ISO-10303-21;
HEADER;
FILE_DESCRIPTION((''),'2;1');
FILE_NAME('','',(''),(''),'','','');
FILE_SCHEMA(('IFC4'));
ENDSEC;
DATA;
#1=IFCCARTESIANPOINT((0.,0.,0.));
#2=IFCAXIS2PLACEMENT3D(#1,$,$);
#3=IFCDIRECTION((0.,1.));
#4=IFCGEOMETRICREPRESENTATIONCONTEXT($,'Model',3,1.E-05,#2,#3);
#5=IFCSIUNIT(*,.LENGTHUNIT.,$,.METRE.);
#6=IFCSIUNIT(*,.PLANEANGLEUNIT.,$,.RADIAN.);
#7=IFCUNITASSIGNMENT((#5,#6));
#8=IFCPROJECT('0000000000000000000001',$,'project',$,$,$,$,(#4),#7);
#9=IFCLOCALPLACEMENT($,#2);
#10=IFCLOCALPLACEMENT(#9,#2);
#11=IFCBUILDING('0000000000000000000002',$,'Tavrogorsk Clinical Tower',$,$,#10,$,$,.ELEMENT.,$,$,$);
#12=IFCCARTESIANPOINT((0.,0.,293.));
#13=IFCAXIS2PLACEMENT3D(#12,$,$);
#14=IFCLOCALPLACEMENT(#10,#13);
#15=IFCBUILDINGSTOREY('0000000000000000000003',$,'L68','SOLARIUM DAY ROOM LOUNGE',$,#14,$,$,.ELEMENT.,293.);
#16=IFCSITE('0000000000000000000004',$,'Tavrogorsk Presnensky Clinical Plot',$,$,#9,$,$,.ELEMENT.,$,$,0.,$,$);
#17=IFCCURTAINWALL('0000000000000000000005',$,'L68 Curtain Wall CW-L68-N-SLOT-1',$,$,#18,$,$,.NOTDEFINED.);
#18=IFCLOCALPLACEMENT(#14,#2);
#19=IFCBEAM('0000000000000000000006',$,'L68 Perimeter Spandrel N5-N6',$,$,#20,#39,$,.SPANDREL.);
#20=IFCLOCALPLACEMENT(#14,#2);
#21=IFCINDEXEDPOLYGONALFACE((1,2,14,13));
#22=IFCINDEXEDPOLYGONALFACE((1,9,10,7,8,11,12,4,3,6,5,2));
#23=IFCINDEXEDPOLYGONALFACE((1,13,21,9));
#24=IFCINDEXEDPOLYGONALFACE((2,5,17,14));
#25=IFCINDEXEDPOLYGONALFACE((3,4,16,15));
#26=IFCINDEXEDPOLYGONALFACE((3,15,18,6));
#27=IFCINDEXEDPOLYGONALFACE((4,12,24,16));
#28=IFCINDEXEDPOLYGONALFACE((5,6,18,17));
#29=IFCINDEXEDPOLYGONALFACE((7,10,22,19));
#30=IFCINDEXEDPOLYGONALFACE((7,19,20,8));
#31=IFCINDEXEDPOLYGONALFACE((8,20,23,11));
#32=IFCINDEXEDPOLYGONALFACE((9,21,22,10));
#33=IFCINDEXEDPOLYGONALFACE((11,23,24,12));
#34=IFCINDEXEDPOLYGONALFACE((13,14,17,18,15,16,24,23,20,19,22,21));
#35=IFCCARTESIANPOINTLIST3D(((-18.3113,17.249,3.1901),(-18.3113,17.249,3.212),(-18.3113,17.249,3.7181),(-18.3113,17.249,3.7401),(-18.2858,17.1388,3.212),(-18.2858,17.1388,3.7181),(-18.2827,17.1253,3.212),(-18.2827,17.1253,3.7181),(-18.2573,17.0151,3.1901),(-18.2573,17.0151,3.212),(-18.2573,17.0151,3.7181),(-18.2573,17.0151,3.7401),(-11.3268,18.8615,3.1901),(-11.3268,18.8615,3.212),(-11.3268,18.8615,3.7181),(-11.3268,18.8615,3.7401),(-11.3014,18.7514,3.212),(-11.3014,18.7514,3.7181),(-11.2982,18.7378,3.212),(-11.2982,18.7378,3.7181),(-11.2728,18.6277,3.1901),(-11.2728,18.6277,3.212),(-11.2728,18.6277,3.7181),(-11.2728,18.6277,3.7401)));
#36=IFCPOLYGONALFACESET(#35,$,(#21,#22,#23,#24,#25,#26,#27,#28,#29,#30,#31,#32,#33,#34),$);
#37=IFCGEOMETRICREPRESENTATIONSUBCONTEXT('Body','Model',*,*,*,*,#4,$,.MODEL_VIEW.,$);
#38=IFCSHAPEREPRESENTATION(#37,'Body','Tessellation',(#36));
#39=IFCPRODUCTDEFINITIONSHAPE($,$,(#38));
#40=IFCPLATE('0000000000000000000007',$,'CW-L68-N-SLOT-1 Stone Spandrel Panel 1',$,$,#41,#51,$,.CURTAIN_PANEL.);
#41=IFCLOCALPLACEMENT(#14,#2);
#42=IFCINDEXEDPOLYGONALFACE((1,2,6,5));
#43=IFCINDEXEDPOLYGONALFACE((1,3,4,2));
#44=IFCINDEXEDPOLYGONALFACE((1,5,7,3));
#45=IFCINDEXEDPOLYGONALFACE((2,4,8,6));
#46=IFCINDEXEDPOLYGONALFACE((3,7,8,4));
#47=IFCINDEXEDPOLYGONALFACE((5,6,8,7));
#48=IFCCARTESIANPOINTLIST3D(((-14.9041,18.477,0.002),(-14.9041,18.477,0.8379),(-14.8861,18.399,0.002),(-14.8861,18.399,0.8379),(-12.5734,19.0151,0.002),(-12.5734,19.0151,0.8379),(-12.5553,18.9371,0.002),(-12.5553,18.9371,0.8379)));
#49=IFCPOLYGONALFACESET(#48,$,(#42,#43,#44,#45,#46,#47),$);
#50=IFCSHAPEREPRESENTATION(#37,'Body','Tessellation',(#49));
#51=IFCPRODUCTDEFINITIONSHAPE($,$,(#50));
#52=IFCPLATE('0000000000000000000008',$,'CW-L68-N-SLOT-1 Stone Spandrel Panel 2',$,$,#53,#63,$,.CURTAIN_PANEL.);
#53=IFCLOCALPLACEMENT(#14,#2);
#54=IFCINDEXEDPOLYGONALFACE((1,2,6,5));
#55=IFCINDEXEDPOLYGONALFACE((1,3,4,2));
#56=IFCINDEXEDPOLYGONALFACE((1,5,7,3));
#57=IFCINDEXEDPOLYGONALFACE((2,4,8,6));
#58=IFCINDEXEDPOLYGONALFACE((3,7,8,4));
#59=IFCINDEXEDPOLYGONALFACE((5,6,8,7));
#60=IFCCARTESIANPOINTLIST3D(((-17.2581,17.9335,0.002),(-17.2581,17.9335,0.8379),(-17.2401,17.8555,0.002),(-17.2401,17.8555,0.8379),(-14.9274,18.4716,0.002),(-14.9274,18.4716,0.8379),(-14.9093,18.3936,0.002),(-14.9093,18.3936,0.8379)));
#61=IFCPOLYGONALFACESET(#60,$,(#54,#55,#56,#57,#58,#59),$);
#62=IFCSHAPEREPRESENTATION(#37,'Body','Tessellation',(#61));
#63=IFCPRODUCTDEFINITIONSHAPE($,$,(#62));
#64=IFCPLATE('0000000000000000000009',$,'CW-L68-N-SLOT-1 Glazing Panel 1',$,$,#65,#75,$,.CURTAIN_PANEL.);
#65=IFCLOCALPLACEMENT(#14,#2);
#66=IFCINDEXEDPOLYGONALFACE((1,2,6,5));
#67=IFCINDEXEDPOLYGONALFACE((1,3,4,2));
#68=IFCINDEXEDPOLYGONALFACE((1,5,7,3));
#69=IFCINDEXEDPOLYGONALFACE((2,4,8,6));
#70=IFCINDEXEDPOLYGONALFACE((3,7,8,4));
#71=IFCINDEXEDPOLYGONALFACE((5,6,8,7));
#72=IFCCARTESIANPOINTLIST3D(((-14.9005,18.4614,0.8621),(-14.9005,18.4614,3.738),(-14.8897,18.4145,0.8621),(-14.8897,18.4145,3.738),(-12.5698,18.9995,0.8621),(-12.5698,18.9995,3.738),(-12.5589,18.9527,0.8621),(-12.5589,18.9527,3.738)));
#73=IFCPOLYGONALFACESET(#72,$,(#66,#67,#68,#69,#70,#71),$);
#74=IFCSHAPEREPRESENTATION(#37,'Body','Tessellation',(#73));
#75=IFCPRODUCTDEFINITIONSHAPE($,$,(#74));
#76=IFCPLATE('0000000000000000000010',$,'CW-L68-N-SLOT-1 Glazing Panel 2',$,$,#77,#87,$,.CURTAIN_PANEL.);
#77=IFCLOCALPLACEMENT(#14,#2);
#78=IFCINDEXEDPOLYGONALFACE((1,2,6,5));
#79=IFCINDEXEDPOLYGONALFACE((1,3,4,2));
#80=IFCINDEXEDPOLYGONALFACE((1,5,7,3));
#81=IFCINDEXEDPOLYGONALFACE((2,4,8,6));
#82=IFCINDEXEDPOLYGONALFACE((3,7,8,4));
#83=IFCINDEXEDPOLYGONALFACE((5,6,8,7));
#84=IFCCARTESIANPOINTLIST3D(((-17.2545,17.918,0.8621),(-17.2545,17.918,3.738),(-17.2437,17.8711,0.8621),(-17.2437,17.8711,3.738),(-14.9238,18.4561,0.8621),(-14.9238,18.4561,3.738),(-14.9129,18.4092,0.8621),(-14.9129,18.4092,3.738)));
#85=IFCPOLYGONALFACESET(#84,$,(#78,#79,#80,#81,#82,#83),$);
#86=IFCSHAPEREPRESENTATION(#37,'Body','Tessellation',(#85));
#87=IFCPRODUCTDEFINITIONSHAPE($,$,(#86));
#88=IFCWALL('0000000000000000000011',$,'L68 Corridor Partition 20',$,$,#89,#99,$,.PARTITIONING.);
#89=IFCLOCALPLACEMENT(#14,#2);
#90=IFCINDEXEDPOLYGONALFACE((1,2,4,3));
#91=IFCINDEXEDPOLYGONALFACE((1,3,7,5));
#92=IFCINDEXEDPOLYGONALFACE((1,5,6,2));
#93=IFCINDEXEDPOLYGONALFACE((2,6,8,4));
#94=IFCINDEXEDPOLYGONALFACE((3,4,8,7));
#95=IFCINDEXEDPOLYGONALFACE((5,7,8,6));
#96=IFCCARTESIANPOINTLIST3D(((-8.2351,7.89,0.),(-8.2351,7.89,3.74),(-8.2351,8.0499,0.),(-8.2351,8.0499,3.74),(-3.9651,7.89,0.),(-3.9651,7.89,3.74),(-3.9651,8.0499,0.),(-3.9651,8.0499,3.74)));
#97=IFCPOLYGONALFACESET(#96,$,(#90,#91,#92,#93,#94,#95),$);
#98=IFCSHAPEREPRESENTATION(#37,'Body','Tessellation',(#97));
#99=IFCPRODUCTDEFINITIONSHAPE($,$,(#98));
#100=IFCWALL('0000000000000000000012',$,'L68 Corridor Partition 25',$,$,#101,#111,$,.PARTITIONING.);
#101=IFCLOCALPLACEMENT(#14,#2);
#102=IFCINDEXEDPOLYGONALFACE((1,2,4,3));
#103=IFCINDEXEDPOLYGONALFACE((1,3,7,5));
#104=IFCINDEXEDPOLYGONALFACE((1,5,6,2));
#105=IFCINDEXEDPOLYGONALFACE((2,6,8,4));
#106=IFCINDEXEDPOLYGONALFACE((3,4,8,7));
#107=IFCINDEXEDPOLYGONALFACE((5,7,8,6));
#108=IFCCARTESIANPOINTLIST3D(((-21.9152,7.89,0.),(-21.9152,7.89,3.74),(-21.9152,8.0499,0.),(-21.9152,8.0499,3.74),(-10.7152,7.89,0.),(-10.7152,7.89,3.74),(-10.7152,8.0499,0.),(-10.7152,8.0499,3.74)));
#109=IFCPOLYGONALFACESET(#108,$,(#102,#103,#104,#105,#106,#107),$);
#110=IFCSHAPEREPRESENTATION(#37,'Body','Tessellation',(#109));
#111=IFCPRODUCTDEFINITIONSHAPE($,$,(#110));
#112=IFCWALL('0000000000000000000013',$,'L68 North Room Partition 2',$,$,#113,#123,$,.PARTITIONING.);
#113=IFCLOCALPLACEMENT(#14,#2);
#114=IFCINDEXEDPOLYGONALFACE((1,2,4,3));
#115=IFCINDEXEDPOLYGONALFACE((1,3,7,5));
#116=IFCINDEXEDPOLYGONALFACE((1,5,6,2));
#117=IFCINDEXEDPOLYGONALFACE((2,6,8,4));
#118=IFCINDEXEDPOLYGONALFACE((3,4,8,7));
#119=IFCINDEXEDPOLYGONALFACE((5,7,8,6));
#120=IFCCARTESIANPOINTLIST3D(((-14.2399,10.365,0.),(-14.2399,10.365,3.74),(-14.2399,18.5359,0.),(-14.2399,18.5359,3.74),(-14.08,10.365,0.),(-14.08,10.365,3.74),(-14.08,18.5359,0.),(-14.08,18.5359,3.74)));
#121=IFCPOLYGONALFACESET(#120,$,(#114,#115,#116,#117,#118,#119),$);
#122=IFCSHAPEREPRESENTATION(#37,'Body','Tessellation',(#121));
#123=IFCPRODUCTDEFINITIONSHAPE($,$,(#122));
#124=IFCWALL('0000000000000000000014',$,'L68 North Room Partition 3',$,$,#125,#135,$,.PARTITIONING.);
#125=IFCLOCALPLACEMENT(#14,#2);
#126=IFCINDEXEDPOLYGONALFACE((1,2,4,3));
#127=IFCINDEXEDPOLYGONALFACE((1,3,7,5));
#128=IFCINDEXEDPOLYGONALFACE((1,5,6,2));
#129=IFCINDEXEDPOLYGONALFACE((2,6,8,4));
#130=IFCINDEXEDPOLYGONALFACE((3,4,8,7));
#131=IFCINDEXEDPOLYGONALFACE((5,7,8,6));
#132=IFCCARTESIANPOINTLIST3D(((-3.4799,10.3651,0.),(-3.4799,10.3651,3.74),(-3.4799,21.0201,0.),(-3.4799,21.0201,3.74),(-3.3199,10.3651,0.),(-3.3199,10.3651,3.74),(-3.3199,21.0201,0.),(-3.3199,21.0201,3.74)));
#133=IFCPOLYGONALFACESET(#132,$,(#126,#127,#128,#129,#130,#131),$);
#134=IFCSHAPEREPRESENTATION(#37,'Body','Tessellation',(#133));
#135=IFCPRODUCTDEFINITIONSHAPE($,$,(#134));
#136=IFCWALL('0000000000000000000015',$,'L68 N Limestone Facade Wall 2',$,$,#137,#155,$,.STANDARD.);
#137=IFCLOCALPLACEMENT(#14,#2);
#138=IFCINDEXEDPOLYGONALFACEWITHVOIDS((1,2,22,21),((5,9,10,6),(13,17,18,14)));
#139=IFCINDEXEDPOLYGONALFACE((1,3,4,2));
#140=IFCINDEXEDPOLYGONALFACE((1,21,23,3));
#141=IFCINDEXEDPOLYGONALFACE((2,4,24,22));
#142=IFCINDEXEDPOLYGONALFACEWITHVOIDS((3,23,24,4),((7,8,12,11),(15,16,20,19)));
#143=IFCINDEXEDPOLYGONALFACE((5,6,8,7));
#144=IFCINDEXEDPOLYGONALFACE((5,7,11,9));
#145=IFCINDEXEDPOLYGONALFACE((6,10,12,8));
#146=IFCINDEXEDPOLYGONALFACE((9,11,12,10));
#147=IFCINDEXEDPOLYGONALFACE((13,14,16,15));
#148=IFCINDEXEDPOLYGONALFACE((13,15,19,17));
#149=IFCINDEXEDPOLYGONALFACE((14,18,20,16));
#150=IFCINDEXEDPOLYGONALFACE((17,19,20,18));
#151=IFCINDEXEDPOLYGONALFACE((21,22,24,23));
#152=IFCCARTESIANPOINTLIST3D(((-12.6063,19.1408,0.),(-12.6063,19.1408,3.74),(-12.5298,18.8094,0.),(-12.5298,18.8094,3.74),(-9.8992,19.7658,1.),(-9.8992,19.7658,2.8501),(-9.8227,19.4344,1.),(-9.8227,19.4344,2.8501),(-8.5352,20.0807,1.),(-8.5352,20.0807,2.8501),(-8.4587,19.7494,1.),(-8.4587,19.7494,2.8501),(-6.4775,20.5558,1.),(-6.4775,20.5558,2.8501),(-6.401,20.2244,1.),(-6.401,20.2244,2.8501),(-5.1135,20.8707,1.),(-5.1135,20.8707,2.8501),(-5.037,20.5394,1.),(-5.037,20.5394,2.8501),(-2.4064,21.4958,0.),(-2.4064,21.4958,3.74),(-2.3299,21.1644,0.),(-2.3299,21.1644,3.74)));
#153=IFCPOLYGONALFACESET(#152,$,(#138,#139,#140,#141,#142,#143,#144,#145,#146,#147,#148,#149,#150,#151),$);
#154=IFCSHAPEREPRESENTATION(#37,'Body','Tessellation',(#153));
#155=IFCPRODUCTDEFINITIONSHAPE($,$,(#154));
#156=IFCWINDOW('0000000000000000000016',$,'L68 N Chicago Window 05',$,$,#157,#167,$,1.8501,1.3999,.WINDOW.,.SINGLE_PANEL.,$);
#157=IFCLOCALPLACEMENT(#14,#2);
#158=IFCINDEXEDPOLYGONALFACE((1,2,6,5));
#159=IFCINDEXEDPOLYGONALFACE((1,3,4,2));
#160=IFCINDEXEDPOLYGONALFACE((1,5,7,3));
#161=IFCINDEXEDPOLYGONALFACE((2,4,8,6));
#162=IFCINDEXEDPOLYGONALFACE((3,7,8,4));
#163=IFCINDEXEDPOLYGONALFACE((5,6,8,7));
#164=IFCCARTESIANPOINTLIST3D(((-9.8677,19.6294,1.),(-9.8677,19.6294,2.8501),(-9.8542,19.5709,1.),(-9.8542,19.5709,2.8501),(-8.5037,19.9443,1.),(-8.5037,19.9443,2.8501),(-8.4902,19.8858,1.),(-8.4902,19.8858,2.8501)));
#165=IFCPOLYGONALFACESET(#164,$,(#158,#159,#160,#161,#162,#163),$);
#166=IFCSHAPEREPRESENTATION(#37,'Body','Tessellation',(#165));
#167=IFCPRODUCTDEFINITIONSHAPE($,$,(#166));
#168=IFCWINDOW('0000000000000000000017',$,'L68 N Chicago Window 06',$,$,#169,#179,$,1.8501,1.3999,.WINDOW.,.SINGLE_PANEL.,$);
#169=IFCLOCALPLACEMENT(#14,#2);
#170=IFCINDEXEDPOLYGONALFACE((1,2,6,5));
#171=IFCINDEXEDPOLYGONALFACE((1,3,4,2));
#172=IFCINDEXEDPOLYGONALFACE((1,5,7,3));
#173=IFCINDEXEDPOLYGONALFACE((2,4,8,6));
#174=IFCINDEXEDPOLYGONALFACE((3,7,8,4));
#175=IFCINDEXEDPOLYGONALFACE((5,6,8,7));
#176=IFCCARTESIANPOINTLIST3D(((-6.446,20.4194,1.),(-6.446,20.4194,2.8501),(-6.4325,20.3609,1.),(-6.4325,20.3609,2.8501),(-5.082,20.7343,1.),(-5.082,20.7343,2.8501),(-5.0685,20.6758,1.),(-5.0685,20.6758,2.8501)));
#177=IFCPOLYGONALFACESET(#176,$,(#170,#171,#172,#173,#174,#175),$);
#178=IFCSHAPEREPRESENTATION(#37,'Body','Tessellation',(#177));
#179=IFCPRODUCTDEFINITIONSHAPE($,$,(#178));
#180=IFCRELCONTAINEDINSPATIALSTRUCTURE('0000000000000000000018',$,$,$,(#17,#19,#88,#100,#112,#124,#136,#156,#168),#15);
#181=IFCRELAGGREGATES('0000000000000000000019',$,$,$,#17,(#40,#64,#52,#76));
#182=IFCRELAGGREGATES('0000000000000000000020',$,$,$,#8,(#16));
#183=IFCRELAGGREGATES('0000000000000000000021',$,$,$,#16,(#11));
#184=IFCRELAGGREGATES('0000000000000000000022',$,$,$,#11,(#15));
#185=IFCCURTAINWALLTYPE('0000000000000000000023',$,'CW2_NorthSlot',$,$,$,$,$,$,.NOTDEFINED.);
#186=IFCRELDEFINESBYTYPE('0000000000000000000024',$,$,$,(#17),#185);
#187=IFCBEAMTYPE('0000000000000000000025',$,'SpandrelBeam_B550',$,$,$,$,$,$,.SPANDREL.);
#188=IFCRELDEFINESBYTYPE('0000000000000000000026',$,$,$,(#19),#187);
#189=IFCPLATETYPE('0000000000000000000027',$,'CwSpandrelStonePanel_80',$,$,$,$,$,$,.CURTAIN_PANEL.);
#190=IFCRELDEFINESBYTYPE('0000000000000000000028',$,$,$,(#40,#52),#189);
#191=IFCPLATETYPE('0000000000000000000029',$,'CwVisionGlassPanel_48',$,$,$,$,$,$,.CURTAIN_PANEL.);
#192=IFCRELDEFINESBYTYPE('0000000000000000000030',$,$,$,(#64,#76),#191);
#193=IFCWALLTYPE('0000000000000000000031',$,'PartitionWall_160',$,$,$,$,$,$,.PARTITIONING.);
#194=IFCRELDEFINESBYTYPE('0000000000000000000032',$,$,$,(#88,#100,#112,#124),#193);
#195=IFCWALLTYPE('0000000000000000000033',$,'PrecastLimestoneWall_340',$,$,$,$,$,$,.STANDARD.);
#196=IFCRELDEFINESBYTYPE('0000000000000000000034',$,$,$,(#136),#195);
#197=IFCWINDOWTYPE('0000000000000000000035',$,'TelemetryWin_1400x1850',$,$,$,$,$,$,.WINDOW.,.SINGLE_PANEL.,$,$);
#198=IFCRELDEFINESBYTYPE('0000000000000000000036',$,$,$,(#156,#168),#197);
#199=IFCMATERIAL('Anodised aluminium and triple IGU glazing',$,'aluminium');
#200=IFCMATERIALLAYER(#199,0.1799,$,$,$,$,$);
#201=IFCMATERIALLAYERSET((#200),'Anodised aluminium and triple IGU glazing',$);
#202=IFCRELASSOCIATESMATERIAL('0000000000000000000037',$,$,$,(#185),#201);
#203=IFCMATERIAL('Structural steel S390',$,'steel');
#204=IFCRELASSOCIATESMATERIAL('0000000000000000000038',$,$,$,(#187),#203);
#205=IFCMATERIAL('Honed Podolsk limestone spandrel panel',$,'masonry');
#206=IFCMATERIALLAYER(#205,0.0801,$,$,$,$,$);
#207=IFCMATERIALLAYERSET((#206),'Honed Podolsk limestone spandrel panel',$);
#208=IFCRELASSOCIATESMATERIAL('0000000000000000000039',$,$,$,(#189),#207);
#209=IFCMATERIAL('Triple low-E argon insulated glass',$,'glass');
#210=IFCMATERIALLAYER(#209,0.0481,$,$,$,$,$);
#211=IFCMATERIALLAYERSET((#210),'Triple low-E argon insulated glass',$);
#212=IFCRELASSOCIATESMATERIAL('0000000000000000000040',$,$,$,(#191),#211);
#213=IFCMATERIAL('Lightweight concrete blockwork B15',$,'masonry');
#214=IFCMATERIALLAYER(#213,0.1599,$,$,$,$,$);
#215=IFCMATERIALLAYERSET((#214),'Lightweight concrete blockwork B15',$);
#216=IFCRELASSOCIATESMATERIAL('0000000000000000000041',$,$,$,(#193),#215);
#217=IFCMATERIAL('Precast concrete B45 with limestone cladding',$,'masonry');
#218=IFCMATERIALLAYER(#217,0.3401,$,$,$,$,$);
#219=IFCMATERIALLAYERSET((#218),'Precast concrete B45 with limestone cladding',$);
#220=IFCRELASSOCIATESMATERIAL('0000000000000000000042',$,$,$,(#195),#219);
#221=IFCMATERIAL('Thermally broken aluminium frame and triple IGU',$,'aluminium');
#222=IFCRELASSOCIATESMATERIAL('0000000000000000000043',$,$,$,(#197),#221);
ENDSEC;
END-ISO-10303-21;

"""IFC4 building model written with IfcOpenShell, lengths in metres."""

from ifc_helpers import new_model, si_unit, direction, frame, frame_2d, origin, origin_2d, place, context, subcontext, project, spatial, rectangle, i_section, extrude, material, layer, layer_set, material_profile, profile_set, type_object, element, fill, aggregate, save


model = new_model("IFC4")

# Units and contexts
model_context = context("Model", 3, precision=1e-05, world=origin(), true_north=direction((0.0, 1.0)))
body_context = subcontext(model_context, "Body", "Model", "MODEL_VIEW")
ifc_project = project(units=[si_unit("LENGTHUNIT", "METRE"), si_unit("PLANEANGLEUNIT", "RADIAN")], contexts=[model_context])

# Site, building, storey
site_placement = place(None, origin())
site = spatial("IfcSite", under=ifc_project, at=site_placement, Name="Tavrogorsk Presnensky Clinical Plot", CompositionType="ELEMENT", RefElevation=0.0)
building_placement = place(site_placement, origin())
building = spatial("IfcBuilding", under=site, at=building_placement, Name="Tavrogorsk Clinical Tower", CompositionType="ELEMENT")
storey_placement = place(building_placement, frame((0.0, 0.0, 293.0)))
storey = spatial("IfcBuildingStorey", under=building, at=storey_placement, Name="L68", Description="SOLARIUM DAY ROOM LOUNGE", CompositionType="ELEMENT", Elevation=293.0)

# Curtain wall
ifc_material_1 = material(Name="Anodised aluminium and triple IGU glazing", Category="aluminium")
ifc_layer_1 = layer(ifc_material_1, 0.1799)
ifc_layer_set_1 = layer_set([ifc_layer_1], Name="Anodised aluminium and triple IGU glazing")
curtain_wall_type = type_object("IfcCurtainWallType", Name="CW2_NorthSlot", PredefinedType="NOTDEFINED", material=ifc_layer_set_1)
curtain_wall_1_placement = place(storey_placement, origin())
curtain_wall_1 = element("IfcCurtainWall", 1, at=curtain_wall_1_placement, inside=storey, type_object=curtain_wall_type, Name="L68 Curtain Wall CW-L68-N-SLOT-1", PredefinedType="NOTDEFINED")

# Beam
ifc_material_2 = material(Name="Structural steel S390", Category="steel")
ifc_material_profile_1 = material_profile(ifc_material_2, i_section(OverallWidth=0.24, OverallDepth=0.55, WebThickness=0.0139, FlangeThickness=0.022, at=origin_2d()), Name="B-550x240x14x22")
ifc_profile_set_1 = profile_set([ifc_material_profile_1], Name="Structural steel S390")
beam_type = type_object("IfcBeamType", Name="SpandrelBeam_B550", PredefinedType="SPANDREL", material=ifc_profile_set_1)
for number, where, z_axis, x_axis, name in (
    (2, (-11.2998, 18.7446, 3.4651), (-0.974368, -0.224961, 0.0), (0.224961, -0.974368, 0.0), "L68 Perimeter Spandrel N5-N6"),
):
    element("IfcBeam", number, at=place(storey_placement, frame(where, z_axis=z_axis, x_axis=x_axis)), inside=storey, type_object=beam_type, Name=name, PredefinedType="SPANDREL", context=body_context, shape_type="SweptSolid", body=[
        extrude(i_section(OverallWidth=0.24, OverallDepth=0.55, WebThickness=0.0139, FlangeThickness=0.022, at=origin_2d()), origin(), (0.0, 0.0, 1.0), 7.1682),
    ])

# Plates
ifc_material_3 = material(Name="Honed Podolsk limestone spandrel panel", Category="masonry")
ifc_layer_2 = layer(ifc_material_3, 0.0801)
ifc_layer_set_2 = layer_set([ifc_layer_2], Name="Honed Podolsk limestone spandrel panel")
plate_type_1 = type_object("IfcPlateType", Name="CwSpandrelStonePanel_80", PredefinedType="CURTAIN_PANEL", material=ifc_layer_set_2)
plate_1_placement = place(storey_placement, frame((-13.7297, 18.707, 0.002), z_axis=(0.0, 0.0, 1.0), x_axis=(-0.97437, -0.224951, 0.0)))
plate_1 = element("IfcPlate", 3, at=plate_1_placement, type_object=plate_type_1, Name="CW-L68-N-SLOT-1 Stone Spandrel Panel 1", PredefinedType="CURTAIN_PANEL", context=body_context, shape_type="SweptSolid", body=[
    extrude(rectangle(XDim=2.3921, YDim=0.0801, at=origin_2d()), origin(), (0.0, 0.0, 1.0), 0.8359),
])
plate_2_placement = place(storey_placement, frame((-16.0837, 18.1636, 0.002), z_axis=(0.0, 0.0, 1.0), x_axis=(-0.97437, -0.224951, 0.0)))
plate_2 = element("IfcPlate", 4, at=plate_2_placement, type_object=plate_type_1, Name="CW-L68-N-SLOT-1 Stone Spandrel Panel 2", PredefinedType="CURTAIN_PANEL", context=body_context, shape_type="SweptSolid", body=[
    extrude(rectangle(XDim=2.3921, YDim=0.0801, at=origin_2d()), origin(), (0.0, 0.0, 1.0), 0.8359),
])
ifc_material_4 = material(Name="Triple low-E argon insulated glass", Category="glass")
ifc_layer_3 = layer(ifc_material_4, 0.0481)
ifc_layer_set_3 = layer_set([ifc_layer_3], Name="Triple low-E argon insulated glass")
plate_type_2 = type_object("IfcPlateType", Name="CwVisionGlassPanel_48", PredefinedType="CURTAIN_PANEL", material=ifc_layer_set_3)
plate_3_placement = place(storey_placement, frame((-13.7297, 18.707, 0.8621), z_axis=(0.0, 0.0, 1.0), x_axis=(-0.97437, -0.224951, 0.0)))
plate_3 = element("IfcPlate", 5, at=plate_3_placement, type_object=plate_type_2, Name="CW-L68-N-SLOT-1 Glazing Panel 1", PredefinedType="CURTAIN_PANEL", context=body_context, shape_type="SweptSolid", body=[
    extrude(rectangle(XDim=2.3921, YDim=0.0481, at=origin_2d()), origin(), (0.0, 0.0, 1.0), 2.876),
])
plate_4_placement = place(storey_placement, frame((-16.0837, 18.1636, 0.8621), z_axis=(0.0, 0.0, 1.0), x_axis=(-0.97437, -0.224951, 0.0)))
plate_4 = element("IfcPlate", 6, at=plate_4_placement, type_object=plate_type_2, Name="CW-L68-N-SLOT-1 Glazing Panel 2", PredefinedType="CURTAIN_PANEL", context=body_context, shape_type="SweptSolid", body=[
    extrude(rectangle(XDim=2.3921, YDim=0.0481, at=origin_2d()), origin(), (0.0, 0.0, 1.0), 2.876),
])
aggregate(curtain_wall_1, [plate_1, plate_3, plate_2, plate_4])

# Walls
ifc_material_5 = material(Name="Lightweight concrete blockwork B15", Category="masonry")
ifc_layer_4 = layer(ifc_material_5, 0.1599)
ifc_layer_set_4 = layer_set([ifc_layer_4], Name="Lightweight concrete blockwork B15")
wall_type_1 = type_object("IfcWallType", Name="PartitionWall_160", PredefinedType="PARTITIONING", material=ifc_layer_set_4)
wall_1_placement = place(storey_placement, frame((-3.9651, 7.97, 0.0), z_axis=(0.0, 0.0, 1.0), x_axis=(-1.0, 0.0, 0.0)))
element("IfcWall", 7, at=wall_1_placement, inside=storey, type_object=wall_type_1, Name="L68 Corridor Partition 20", PredefinedType="PARTITIONING", context=body_context, shape_type="SweptSolid", body=[
    extrude(rectangle(XDim=4.27, YDim=0.1599, at=frame_2d((2.135, 0.0))), origin(), (0.0, 0.0, 1.0), 3.74),
])
wall_2_placement = place(storey_placement, frame((-10.7151, 7.97, 0.0), z_axis=(0.0, 0.0, 1.0), x_axis=(-1.0, 0.0, 0.0)))
element("IfcWall", 8, at=wall_2_placement, inside=storey, type_object=wall_type_1, Name="L68 Corridor Partition 25", PredefinedType="PARTITIONING", context=body_context, shape_type="SweptSolid", body=[
    extrude(rectangle(XDim=11.2, YDim=0.1599, at=frame_2d((5.6001, 0.0))), origin(), (0.0, 0.0, 1.0), 3.74),
])
wall_3_placement = place(storey_placement, frame((-14.1599, 10.365, 0.0), z_axis=(0.0, 0.0, 1.0), x_axis=(0.0, 1.0, 0.0)))
element("IfcWall", 9, at=wall_3_placement, inside=storey, type_object=wall_type_1, Name="L68 North Room Partition 2", PredefinedType="PARTITIONING", context=body_context, shape_type="SweptSolid", body=[
    extrude(rectangle(XDim=8.1709, YDim=0.1599, at=frame_2d((4.0854, 0.0))), origin(), (0.0, 0.0, 1.0), 3.74),
])
wall_4_placement = place(storey_placement, frame((-3.3999, 10.365, 0.0), z_axis=(0.0, 0.0, 1.0), x_axis=(0.0, 1.0, 0.0)))
element("IfcWall", 10, at=wall_4_placement, inside=storey, type_object=wall_type_1, Name="L68 North Room Partition 3", PredefinedType="PARTITIONING", context=body_context, shape_type="SweptSolid", body=[
    extrude(rectangle(XDim=10.655, YDim=0.1599, at=frame_2d((5.3276, 0.0))), origin(), (0.0, 0.0, 1.0), 3.74),
])

# Wall, openings, windows
ifc_material_6 = material(Name="Precast concrete B45 with limestone cladding", Category="masonry")
ifc_layer_5 = layer(ifc_material_6, 0.3401)
ifc_layer_set_5 = layer_set([ifc_layer_5], Name="Precast concrete B45 with limestone cladding")
wall_type_2 = type_object("IfcWallType", Name="PrecastLimestoneWall_340", PredefinedType="STANDARD", material=ifc_layer_set_5)
wall_5_placement = place(storey_placement, frame((-2.3682, 21.3301, 0.0), z_axis=(0.0, 0.0, 1.0), x_axis=(-0.974367, -0.224963, 0.0)))
wall_5 = element("IfcWall", 11, at=wall_5_placement, inside=storey, type_object=wall_type_2, Name="L68 N Limestone Facade Wall 2", PredefinedType="STANDARD", context=body_context, shape_type="SweptSolid", body=[
    extrude(rectangle(XDim=10.4683, YDim=0.3401, at=frame_2d((5.2341, 0.0))), origin(), (0.0, 0.0, 1.0), 3.74),
])
opening_1_placement = place(wall_5_placement, frame((6.29, 0.0, 1.0)))
opening_1 = element("IfcOpeningElement", 12, at=opening_1_placement, cuts=wall_5, PredefinedType="OPENING", context=body_context, shape_type="SweptSolid", body=[
    extrude(rectangle(XDim=1.3999, YDim=1.8501, at=frame_2d((0.7, 0.925))), frame((0.0, 0.1799, 0.0), z_axis=(0.0, -1.0, 0.0), x_axis=(1.0, 0.0, 0.0)), (0.0, 0.0, 1.0), 0.3601),
])
opening_2_placement = place(wall_5_placement, frame((2.7783, 0.0, 1.0)))
opening_2 = element("IfcOpeningElement", 13, at=opening_2_placement, cuts=wall_5, PredefinedType="OPENING", context=body_context, shape_type="SweptSolid", body=[
    extrude(rectangle(XDim=1.3999, YDim=1.8501, at=frame_2d((0.7, 0.925))), frame((0.0, 0.1799, 0.0), z_axis=(0.0, -1.0, 0.0), x_axis=(1.0, 0.0, 0.0)), (0.0, 0.0, 1.0), 0.3601),
])
ifc_material_7 = material(Name="Thermally broken aluminium frame and triple IGU", Category="aluminium")
window_type = type_object("IfcWindowType", Name="TelemetryWin_1400x1850", PartitioningType="SINGLE_PANEL", PredefinedType="WINDOW", material=ifc_material_7)
window_1_placement = place(opening_1_placement, origin())
window_1 = element("IfcWindow", 14, at=window_1_placement, inside=storey, type_object=window_type, Name="L68 N Chicago Window 05", OverallHeight=1.8501, OverallWidth=1.3999, PartitioningType="SINGLE_PANEL", PredefinedType="WINDOW", context=body_context, shape_type="SweptSolid", body=[
    extrude(rectangle(XDim=1.3999, YDim=1.8501, at=frame_2d((0.7, 0.925))), frame((0.0, 0.03, 0.0), z_axis=(0.0, -1.0, 0.0), x_axis=(1.0, 0.0, 0.0)), (0.0, 0.0, 1.0), 0.0601),
])
fill(opening_1, window_1)
window_2_placement = place(opening_2_placement, origin())
window_2 = element("IfcWindow", 15, at=window_2_placement, inside=storey, type_object=window_type, Name="L68 N Chicago Window 06", OverallHeight=1.8501, OverallWidth=1.3999, PartitioningType="SINGLE_PANEL", PredefinedType="WINDOW", context=body_context, shape_type="SweptSolid", body=[
    extrude(rectangle(XDim=1.3999, YDim=1.8501, at=frame_2d((0.7, 0.925))), frame((0.0, 0.03, 0.0), z_axis=(0.0, -1.0, 0.0), x_axis=(1.0, 0.0, 0.0)), (0.0, 0.0, 1.0), 0.0601),
])
fill(opening_2, window_2)

save(model, "model.ifc")
